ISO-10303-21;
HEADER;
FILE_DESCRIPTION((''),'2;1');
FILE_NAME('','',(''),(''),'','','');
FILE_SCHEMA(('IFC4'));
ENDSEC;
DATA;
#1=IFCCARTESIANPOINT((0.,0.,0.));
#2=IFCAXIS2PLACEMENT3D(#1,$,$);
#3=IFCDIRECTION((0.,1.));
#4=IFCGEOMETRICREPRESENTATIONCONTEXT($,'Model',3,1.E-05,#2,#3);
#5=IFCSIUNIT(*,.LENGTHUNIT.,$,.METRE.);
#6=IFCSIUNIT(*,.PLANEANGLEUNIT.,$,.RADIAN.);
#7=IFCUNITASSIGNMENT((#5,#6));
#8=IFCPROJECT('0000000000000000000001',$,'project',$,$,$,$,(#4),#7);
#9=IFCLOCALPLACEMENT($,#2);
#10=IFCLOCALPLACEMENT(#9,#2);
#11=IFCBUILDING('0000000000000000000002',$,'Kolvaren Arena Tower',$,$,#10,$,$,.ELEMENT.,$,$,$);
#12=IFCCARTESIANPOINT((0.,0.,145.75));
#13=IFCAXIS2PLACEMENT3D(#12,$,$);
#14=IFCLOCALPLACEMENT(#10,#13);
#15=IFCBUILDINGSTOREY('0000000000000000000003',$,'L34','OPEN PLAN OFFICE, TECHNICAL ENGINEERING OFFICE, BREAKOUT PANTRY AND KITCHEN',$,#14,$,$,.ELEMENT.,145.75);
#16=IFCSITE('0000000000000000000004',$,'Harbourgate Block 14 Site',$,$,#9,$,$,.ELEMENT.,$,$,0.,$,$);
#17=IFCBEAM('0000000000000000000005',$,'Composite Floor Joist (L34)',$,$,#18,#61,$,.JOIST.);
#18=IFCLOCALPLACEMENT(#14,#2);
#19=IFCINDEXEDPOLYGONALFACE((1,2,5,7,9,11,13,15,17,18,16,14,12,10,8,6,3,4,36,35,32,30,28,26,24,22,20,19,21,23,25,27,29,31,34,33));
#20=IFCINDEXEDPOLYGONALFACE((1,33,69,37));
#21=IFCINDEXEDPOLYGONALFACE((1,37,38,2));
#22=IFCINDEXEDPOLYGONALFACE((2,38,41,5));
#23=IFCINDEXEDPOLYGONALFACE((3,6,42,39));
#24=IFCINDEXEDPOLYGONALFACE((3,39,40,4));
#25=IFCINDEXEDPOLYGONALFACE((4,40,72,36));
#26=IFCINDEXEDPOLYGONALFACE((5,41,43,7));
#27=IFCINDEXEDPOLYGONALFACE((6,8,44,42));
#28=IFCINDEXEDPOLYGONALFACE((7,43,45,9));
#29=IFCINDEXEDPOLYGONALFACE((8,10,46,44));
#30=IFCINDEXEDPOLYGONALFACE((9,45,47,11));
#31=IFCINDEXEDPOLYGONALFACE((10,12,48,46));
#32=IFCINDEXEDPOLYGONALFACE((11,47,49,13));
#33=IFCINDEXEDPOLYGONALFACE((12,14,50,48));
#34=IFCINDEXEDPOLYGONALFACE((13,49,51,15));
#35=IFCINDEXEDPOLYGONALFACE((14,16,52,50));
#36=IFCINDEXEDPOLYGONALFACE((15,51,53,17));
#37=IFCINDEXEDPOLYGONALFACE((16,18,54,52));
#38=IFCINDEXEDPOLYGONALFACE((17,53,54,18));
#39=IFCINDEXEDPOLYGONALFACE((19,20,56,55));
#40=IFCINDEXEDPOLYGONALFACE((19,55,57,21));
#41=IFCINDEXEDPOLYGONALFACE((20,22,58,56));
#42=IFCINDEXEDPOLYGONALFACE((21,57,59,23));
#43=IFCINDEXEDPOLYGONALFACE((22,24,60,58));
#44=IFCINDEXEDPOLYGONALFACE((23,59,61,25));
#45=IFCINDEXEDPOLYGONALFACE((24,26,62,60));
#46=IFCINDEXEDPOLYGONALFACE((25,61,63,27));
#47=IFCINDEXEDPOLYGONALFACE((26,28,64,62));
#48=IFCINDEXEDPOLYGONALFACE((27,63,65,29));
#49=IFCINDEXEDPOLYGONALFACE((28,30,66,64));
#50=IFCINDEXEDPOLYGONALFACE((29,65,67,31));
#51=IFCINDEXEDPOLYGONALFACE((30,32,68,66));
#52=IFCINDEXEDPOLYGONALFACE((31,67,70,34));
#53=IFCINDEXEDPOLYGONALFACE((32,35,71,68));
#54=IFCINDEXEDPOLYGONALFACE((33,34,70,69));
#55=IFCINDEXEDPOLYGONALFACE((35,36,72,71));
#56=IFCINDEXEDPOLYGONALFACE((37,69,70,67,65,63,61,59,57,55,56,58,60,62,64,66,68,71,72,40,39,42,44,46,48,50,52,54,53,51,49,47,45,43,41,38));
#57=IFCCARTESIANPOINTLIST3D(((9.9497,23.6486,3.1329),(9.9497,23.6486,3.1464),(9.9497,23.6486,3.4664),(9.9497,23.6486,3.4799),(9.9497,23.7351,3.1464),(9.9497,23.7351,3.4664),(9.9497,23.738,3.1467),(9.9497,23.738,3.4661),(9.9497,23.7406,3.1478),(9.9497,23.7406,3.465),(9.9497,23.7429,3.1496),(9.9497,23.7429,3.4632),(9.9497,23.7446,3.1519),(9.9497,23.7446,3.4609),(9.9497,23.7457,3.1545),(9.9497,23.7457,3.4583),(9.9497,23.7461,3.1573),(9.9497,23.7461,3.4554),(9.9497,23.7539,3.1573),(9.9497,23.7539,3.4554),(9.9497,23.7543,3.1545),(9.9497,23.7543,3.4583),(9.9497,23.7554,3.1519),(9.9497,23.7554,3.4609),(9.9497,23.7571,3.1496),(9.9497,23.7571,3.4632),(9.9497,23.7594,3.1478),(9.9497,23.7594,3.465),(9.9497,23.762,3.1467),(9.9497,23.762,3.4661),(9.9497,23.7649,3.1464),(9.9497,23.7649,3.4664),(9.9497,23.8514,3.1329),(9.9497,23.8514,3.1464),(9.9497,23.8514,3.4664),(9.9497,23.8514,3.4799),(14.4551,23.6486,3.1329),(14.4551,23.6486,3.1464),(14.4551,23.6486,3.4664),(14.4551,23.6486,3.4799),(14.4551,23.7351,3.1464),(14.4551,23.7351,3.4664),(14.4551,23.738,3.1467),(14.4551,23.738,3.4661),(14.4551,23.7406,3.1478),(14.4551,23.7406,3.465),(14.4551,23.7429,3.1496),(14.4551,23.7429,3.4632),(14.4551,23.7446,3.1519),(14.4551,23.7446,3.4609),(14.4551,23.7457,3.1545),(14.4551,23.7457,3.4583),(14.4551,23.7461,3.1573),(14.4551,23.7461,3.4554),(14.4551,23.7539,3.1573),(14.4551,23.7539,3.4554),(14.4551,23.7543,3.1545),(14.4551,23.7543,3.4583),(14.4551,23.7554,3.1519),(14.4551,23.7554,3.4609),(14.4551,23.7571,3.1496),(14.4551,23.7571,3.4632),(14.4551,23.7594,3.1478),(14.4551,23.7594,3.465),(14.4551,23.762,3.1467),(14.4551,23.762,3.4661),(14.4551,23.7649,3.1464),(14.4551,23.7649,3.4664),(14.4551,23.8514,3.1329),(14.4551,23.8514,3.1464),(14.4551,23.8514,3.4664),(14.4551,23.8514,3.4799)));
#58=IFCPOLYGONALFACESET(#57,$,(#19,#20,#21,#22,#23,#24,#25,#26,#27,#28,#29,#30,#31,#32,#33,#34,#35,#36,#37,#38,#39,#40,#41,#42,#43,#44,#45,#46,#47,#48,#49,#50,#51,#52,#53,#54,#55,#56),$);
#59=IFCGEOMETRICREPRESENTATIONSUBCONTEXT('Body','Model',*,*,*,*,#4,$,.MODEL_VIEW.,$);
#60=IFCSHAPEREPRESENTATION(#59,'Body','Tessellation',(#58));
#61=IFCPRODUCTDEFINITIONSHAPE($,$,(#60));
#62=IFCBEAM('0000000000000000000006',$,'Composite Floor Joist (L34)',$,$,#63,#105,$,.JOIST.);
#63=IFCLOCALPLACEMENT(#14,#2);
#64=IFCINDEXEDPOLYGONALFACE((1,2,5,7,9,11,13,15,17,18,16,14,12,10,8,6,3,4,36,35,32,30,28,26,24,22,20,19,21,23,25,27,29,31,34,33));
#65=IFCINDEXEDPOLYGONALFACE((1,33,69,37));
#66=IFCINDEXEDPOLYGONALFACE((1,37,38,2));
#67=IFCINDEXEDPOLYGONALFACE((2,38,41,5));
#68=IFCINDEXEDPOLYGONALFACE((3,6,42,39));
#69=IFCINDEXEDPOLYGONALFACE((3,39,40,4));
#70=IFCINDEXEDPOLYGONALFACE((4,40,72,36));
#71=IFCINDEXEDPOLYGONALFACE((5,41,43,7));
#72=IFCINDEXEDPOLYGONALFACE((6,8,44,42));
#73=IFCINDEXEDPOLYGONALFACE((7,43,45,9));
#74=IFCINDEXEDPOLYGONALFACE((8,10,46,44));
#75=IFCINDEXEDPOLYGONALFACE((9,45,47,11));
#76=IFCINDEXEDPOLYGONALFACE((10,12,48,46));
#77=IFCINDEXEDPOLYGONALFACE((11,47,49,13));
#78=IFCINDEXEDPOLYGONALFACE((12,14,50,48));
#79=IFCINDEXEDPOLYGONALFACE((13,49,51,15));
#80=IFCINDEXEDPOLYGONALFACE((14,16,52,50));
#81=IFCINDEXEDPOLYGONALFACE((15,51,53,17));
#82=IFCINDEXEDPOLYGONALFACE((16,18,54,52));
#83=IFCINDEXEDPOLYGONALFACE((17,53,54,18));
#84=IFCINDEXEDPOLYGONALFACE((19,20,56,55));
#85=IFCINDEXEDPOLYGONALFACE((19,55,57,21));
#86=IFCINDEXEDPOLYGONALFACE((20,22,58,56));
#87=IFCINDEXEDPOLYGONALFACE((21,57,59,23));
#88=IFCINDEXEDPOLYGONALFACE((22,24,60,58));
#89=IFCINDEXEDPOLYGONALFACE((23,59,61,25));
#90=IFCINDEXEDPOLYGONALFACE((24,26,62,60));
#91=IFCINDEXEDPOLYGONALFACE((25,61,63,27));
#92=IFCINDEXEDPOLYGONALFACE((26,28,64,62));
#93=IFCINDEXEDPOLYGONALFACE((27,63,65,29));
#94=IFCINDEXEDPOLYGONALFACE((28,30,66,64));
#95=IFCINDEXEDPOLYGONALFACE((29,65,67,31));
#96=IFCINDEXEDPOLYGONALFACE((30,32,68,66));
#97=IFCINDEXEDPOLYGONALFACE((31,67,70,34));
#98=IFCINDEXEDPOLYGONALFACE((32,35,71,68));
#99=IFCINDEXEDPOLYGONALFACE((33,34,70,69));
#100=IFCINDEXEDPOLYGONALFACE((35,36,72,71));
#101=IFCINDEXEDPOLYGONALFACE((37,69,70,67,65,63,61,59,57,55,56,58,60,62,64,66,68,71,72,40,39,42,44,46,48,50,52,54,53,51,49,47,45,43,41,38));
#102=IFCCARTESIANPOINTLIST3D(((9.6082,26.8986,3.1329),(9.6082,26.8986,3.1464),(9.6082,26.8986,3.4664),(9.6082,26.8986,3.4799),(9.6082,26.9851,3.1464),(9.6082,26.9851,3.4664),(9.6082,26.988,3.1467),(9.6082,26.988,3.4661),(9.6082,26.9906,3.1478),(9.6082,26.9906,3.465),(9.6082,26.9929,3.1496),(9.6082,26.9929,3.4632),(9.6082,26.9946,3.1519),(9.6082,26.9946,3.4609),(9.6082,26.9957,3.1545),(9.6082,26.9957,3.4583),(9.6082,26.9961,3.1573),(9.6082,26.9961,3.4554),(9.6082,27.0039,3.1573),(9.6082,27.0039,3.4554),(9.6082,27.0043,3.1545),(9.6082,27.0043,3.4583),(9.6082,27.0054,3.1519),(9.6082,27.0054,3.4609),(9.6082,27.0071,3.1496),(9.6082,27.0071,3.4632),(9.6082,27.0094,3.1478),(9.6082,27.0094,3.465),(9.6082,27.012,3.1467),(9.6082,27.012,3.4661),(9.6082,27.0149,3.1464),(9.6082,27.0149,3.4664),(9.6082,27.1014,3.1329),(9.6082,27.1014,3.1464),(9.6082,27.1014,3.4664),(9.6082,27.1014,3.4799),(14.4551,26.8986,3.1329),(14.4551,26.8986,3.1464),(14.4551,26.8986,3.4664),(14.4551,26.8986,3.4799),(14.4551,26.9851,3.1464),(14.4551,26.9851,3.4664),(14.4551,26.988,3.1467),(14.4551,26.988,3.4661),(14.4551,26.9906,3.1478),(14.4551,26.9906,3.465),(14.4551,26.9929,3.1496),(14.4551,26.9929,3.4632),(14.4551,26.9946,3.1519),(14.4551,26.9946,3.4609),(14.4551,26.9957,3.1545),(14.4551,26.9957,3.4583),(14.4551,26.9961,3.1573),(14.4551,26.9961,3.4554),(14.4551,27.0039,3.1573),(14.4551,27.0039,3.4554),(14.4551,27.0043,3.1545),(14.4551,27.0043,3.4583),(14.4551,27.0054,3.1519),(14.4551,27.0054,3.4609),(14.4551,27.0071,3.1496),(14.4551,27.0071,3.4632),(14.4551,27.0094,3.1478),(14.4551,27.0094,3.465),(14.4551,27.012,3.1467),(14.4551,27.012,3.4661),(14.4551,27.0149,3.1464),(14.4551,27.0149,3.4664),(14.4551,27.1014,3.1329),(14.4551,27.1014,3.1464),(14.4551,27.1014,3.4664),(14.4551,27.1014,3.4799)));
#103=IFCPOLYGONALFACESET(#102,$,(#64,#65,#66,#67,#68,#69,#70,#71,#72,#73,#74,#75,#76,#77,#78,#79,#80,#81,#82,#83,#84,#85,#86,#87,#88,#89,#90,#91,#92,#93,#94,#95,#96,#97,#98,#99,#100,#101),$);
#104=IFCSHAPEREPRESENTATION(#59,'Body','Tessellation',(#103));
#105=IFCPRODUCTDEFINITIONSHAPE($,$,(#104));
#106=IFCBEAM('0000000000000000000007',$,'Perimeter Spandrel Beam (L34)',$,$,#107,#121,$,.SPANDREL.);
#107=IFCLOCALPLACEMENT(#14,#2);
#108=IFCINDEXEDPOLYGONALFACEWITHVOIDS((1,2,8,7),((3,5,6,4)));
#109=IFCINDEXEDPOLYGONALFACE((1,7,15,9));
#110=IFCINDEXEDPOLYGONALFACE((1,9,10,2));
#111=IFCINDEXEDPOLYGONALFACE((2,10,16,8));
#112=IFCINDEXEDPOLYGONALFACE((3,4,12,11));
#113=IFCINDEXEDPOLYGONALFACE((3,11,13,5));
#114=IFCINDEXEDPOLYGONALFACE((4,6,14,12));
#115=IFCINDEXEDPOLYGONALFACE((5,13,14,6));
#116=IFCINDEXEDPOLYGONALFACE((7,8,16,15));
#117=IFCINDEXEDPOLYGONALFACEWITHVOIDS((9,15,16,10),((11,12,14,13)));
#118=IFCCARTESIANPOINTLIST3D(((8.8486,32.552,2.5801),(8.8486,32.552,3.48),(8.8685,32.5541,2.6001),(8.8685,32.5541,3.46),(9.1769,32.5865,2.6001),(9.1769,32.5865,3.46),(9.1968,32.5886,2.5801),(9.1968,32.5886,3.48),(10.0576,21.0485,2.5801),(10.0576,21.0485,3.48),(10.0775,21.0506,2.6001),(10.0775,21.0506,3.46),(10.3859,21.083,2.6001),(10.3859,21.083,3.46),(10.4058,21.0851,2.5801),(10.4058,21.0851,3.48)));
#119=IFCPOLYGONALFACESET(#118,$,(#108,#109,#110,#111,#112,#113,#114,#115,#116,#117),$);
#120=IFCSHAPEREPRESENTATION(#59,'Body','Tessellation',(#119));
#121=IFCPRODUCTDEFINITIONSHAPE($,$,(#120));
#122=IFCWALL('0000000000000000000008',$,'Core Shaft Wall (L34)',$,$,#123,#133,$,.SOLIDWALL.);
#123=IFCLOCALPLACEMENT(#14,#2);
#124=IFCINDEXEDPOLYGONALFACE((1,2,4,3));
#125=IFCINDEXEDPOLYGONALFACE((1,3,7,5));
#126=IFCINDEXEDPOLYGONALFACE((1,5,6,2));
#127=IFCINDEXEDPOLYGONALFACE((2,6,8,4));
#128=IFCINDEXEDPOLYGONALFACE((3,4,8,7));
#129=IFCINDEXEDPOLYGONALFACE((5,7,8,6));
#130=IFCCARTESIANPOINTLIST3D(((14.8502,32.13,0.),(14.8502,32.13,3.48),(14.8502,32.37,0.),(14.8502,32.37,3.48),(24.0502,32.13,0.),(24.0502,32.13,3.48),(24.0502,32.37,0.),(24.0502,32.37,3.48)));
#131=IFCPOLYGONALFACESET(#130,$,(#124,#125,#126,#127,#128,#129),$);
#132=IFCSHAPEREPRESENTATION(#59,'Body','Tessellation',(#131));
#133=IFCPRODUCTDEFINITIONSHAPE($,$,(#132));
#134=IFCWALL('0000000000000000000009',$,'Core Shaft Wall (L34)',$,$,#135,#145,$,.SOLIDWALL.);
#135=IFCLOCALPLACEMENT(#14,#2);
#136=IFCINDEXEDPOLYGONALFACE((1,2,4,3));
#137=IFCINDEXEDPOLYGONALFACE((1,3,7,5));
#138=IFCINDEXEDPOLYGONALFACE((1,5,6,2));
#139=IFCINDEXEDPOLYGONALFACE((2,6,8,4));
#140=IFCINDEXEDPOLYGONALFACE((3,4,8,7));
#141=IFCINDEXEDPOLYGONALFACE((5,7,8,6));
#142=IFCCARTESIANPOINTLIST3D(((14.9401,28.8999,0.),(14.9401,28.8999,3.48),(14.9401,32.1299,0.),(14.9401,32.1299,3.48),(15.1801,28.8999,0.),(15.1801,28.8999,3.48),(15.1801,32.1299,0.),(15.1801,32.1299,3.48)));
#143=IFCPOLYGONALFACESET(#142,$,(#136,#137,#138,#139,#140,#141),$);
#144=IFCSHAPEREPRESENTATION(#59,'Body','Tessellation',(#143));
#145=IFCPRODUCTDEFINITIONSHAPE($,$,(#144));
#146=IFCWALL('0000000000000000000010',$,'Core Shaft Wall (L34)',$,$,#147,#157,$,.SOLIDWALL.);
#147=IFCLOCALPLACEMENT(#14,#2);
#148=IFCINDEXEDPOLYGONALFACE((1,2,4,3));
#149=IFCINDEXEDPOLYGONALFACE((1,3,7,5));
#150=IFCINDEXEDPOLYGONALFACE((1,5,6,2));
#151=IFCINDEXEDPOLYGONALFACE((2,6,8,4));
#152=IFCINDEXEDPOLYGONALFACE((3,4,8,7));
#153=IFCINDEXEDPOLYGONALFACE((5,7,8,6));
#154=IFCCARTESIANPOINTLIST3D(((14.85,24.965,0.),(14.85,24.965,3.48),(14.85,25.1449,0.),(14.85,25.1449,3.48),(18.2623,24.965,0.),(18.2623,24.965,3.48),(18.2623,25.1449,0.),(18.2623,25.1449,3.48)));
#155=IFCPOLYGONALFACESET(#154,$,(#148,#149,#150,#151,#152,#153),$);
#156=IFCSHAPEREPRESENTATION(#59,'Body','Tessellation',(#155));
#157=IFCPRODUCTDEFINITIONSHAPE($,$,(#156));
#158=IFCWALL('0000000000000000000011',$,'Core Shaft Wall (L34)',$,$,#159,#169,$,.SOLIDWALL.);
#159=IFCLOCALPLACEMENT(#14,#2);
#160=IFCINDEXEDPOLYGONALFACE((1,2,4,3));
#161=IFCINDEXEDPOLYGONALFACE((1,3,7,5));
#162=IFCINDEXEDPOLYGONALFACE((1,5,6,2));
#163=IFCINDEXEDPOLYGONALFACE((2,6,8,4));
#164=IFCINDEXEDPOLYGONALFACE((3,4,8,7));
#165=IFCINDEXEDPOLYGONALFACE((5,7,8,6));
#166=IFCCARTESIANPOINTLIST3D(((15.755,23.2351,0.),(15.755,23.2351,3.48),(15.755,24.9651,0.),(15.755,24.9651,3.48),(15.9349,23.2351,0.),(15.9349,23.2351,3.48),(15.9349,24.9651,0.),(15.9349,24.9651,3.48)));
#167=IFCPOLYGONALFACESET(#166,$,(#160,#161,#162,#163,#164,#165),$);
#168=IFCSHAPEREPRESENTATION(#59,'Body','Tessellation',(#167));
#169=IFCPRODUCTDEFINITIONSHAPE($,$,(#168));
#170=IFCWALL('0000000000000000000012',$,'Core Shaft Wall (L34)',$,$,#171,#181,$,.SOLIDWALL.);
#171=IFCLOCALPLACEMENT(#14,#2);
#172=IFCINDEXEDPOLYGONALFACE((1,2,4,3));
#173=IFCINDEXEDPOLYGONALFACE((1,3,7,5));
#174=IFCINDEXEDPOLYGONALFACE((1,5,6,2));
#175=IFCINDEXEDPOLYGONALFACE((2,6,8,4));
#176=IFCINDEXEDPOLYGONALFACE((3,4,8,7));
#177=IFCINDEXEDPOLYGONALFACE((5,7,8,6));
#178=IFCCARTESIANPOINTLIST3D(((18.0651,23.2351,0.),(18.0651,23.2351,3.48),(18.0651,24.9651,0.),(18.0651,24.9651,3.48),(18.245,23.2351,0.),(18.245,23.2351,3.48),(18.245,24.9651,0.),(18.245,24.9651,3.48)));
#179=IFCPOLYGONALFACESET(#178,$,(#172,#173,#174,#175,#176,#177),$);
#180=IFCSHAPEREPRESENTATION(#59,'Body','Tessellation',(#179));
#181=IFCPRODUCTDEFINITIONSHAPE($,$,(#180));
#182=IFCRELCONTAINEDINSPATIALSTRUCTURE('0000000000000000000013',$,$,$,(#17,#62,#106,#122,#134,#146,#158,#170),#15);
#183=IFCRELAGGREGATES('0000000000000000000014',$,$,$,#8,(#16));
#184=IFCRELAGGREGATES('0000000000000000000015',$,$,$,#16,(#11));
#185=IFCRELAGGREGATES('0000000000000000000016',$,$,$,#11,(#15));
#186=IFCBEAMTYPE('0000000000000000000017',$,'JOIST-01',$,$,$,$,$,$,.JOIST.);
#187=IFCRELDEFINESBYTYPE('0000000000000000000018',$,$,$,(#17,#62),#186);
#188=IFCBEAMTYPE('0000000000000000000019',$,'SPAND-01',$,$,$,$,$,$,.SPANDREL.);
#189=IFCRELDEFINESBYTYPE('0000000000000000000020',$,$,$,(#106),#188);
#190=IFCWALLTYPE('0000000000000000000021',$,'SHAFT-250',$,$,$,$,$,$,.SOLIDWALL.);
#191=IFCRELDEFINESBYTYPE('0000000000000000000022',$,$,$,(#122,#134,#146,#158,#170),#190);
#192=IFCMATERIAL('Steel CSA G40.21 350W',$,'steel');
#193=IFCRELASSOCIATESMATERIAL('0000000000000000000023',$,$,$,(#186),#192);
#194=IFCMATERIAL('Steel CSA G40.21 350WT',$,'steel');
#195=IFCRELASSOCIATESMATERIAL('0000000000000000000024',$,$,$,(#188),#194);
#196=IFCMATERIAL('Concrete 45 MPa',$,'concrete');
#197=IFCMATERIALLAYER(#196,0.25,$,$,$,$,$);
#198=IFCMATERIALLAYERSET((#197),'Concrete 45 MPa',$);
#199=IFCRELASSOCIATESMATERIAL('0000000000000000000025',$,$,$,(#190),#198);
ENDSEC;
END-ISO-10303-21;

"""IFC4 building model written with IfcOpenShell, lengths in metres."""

from ifc_helpers import new_model, si_unit, direction, frame, frame_2d, origin, origin_2d, place, context, subcontext, project, spatial, rectangle, hollow_rectangle, i_section, extrude, material, layer, layer_set, material_profile, profile_set, type_object, element, save


model = new_model("IFC4")

# Units and contexts
model_context = context("Model", 3, precision=1e-05, world=origin(), true_north=direction((0.0, 1.0)))
body_context = subcontext(model_context, "Body", "Model", "MODEL_VIEW")
ifc_project = project(units=[si_unit("LENGTHUNIT", "METRE"), si_unit("PLANEANGLEUNIT", "RADIAN")], contexts=[model_context])

# Site, building, storey
site_placement = place(None, origin())
site = spatial("IfcSite", under=ifc_project, at=site_placement, Name="Harbourgate Block 14 Site", CompositionType="ELEMENT", RefElevation=0.0)
building_placement = place(site_placement, origin())
building = spatial("IfcBuilding", under=site, at=building_placement, Name="Kolvaren Arena Tower", CompositionType="ELEMENT")
storey_placement = place(building_placement, frame((0.0, 0.0, 145.75)))
storey = spatial("IfcBuildingStorey", under=building, at=storey_placement, Name="L34", Description="OPEN PLAN OFFICE, TECHNICAL ENGINEERING OFFICE, BREAKOUT PANTRY AND KITCHEN", CompositionType="ELEMENT", Elevation=145.75)

# Beams
ifc_material_1 = material(Name="Steel CSA G40.21 350W", Category="steel")
ifc_material_profile_1 = material_profile(ifc_material_1, i_section(OverallWidth=0.2029, OverallDepth=0.3469, WebThickness=0.0078, FlangeThickness=0.0134, FilletRadius=0.011, at=origin_2d()), Name="W360x64")
ifc_profile_set_1 = profile_set([ifc_material_profile_1], Name="Steel CSA G40.21 350W")
beam_type_1 = type_object("IfcBeamType", Name="JOIST-01", PredefinedType="JOIST", material=ifc_profile_set_1)
beam_1_placement = place(storey_placement, frame((9.9497, 23.75, 3.3064), z_axis=(1.0, 0.0, 0.0), x_axis=(0.0, 1.0, 0.0)))
element("IfcBeam", 1, at=beam_1_placement, inside=storey, type_object=beam_type_1, Name="Composite Floor Joist (L34)", PredefinedType="JOIST", context=body_context, shape_type="SweptSolid", body=[
    extrude(i_section(OverallWidth=0.2029, OverallDepth=0.3469, WebThickness=0.0078, FlangeThickness=0.0134, FilletRadius=0.011, at=origin_2d()), origin(), (0.0, 0.0, 1.0), 4.5054),
])
beam_2_placement = place(storey_placement, frame((9.6082, 27.0, 3.3064), z_axis=(1.0, 0.0, 0.0), x_axis=(0.0, 1.0, 0.0)))
element("IfcBeam", 2, at=beam_2_placement, inside=storey, type_object=beam_type_1, Name="Composite Floor Joist (L34)", PredefinedType="JOIST", context=body_context, shape_type="SweptSolid", body=[
    extrude(i_section(OverallWidth=0.2029, OverallDepth=0.3469, WebThickness=0.0078, FlangeThickness=0.0134, FilletRadius=0.011, at=origin_2d()), origin(), (0.0, 0.0, 1.0), 4.8469),
])
ifc_material_2 = material(Name="Steel CSA G40.21 350WT", Category="steel")
ifc_material_profile_2 = material_profile(ifc_material_2, hollow_rectangle(XDim=0.3501, YDim=0.8999, WallThickness=0.02, at=origin_2d()), Name="HSS 900x350x20")
ifc_profile_set_2 = profile_set([ifc_material_profile_2], Name="Steel CSA G40.21 350WT")
beam_type_2 = type_object("IfcBeamType", Name="SPAND-01", PredefinedType="SPANDREL", material=ifc_profile_set_2)
beam_3_placement = place(storey_placement, frame((9.0227, 32.5703, 3.03), z_axis=(0.104522, -0.994523, 0.0), x_axis=(0.994523, 0.104522, 0.0)))
element("IfcBeam", 3, at=beam_3_placement, inside=storey, type_object=beam_type_2, Name="Perimeter Spandrel Beam (L34)", PredefinedType="SPANDREL", context=body_context, shape_type="SweptSolid", body=[
    extrude(hollow_rectangle(XDim=0.3501, YDim=0.8999, WallThickness=0.02, at=origin_2d()), origin(), (0.0, 0.0, 1.0), 11.5669),
])

# Walls
ifc_material_3 = material(Name="Concrete 45 MPa", Category="concrete")
ifc_layer = layer(ifc_material_3, 0.25)
ifc_layer_set = layer_set([ifc_layer], Name="Concrete 45 MPa")
wall_type = type_object("IfcWallType", Name="SHAFT-250", PredefinedType="SOLIDWALL", material=ifc_layer_set)
wall_1_placement = place(storey_placement, frame((14.8501, 32.25, 0.0), z_axis=(0.0, 0.0, 1.0), x_axis=(1.0, 0.0, 0.0)))
element("IfcWall", 4, at=wall_1_placement, inside=storey, type_object=wall_type, Name="Core Shaft Wall (L34)", PredefinedType="SOLIDWALL", context=body_context, shape_type="SweptSolid", body=[
    extrude(rectangle(XDim=9.2, YDim=0.24, at=frame_2d((4.6001, 0.0))), origin(), (0.0, 0.0, 1.0), 3.48),
])
wall_2_placement = place(storey_placement, frame((15.0601, 28.8999, 0.0), z_axis=(0.0, 0.0, 1.0), x_axis=(0.0, 1.0, 0.0)))
element("IfcWall", 5, at=wall_2_placement, inside=storey, type_object=wall_type, Name="Core Shaft Wall (L34)", PredefinedType="SOLIDWALL", context=body_context, shape_type="SweptSolid", body=[
    extrude(rectangle(XDim=3.23, YDim=0.24, at=frame_2d((1.615, 0.0))), origin(), (0.0, 0.0, 1.0), 3.48),
])
wall_3_placement = place(storey_placement, frame((14.8501, 25.0549, 0.0), z_axis=(0.0, 0.0, 1.0), x_axis=(1.0, 0.0, 0.0)))
element("IfcWall", 6, at=wall_3_placement, inside=storey, type_object=wall_type, Name="Core Shaft Wall (L34)", PredefinedType="SOLIDWALL", context=body_context, shape_type="SweptSolid", body=[
    extrude(rectangle(XDim=3.4124, YDim=0.1799, at=frame_2d((1.7061, 0.0))), origin(), (0.0, 0.0, 1.0), 3.48),
])
for number, where, z_axis, x_axis, name in (
    (7, (15.845, 23.2351, 0.0), (0.0, 0.0, 1.0), (0.0, 1.0, 0.0), "Core Shaft Wall (L34)"),
    (8, (18.155, 23.2351, 0.0), (0.0, 0.0, 1.0), (0.0, 1.0, 0.0), "Core Shaft Wall (L34)"),
):
    element("IfcWall", number, at=place(storey_placement, frame(where, z_axis=z_axis, x_axis=x_axis)), inside=storey, type_object=wall_type, Name=name, PredefinedType="SOLIDWALL", context=body_context, shape_type="SweptSolid", body=[
        extrude(rectangle(XDim=1.73, YDim=0.1799, at=frame_2d((0.865, 0.0))), origin(), (0.0, 0.0, 1.0), 3.48),
    ])

save(model, "model.ifc")
